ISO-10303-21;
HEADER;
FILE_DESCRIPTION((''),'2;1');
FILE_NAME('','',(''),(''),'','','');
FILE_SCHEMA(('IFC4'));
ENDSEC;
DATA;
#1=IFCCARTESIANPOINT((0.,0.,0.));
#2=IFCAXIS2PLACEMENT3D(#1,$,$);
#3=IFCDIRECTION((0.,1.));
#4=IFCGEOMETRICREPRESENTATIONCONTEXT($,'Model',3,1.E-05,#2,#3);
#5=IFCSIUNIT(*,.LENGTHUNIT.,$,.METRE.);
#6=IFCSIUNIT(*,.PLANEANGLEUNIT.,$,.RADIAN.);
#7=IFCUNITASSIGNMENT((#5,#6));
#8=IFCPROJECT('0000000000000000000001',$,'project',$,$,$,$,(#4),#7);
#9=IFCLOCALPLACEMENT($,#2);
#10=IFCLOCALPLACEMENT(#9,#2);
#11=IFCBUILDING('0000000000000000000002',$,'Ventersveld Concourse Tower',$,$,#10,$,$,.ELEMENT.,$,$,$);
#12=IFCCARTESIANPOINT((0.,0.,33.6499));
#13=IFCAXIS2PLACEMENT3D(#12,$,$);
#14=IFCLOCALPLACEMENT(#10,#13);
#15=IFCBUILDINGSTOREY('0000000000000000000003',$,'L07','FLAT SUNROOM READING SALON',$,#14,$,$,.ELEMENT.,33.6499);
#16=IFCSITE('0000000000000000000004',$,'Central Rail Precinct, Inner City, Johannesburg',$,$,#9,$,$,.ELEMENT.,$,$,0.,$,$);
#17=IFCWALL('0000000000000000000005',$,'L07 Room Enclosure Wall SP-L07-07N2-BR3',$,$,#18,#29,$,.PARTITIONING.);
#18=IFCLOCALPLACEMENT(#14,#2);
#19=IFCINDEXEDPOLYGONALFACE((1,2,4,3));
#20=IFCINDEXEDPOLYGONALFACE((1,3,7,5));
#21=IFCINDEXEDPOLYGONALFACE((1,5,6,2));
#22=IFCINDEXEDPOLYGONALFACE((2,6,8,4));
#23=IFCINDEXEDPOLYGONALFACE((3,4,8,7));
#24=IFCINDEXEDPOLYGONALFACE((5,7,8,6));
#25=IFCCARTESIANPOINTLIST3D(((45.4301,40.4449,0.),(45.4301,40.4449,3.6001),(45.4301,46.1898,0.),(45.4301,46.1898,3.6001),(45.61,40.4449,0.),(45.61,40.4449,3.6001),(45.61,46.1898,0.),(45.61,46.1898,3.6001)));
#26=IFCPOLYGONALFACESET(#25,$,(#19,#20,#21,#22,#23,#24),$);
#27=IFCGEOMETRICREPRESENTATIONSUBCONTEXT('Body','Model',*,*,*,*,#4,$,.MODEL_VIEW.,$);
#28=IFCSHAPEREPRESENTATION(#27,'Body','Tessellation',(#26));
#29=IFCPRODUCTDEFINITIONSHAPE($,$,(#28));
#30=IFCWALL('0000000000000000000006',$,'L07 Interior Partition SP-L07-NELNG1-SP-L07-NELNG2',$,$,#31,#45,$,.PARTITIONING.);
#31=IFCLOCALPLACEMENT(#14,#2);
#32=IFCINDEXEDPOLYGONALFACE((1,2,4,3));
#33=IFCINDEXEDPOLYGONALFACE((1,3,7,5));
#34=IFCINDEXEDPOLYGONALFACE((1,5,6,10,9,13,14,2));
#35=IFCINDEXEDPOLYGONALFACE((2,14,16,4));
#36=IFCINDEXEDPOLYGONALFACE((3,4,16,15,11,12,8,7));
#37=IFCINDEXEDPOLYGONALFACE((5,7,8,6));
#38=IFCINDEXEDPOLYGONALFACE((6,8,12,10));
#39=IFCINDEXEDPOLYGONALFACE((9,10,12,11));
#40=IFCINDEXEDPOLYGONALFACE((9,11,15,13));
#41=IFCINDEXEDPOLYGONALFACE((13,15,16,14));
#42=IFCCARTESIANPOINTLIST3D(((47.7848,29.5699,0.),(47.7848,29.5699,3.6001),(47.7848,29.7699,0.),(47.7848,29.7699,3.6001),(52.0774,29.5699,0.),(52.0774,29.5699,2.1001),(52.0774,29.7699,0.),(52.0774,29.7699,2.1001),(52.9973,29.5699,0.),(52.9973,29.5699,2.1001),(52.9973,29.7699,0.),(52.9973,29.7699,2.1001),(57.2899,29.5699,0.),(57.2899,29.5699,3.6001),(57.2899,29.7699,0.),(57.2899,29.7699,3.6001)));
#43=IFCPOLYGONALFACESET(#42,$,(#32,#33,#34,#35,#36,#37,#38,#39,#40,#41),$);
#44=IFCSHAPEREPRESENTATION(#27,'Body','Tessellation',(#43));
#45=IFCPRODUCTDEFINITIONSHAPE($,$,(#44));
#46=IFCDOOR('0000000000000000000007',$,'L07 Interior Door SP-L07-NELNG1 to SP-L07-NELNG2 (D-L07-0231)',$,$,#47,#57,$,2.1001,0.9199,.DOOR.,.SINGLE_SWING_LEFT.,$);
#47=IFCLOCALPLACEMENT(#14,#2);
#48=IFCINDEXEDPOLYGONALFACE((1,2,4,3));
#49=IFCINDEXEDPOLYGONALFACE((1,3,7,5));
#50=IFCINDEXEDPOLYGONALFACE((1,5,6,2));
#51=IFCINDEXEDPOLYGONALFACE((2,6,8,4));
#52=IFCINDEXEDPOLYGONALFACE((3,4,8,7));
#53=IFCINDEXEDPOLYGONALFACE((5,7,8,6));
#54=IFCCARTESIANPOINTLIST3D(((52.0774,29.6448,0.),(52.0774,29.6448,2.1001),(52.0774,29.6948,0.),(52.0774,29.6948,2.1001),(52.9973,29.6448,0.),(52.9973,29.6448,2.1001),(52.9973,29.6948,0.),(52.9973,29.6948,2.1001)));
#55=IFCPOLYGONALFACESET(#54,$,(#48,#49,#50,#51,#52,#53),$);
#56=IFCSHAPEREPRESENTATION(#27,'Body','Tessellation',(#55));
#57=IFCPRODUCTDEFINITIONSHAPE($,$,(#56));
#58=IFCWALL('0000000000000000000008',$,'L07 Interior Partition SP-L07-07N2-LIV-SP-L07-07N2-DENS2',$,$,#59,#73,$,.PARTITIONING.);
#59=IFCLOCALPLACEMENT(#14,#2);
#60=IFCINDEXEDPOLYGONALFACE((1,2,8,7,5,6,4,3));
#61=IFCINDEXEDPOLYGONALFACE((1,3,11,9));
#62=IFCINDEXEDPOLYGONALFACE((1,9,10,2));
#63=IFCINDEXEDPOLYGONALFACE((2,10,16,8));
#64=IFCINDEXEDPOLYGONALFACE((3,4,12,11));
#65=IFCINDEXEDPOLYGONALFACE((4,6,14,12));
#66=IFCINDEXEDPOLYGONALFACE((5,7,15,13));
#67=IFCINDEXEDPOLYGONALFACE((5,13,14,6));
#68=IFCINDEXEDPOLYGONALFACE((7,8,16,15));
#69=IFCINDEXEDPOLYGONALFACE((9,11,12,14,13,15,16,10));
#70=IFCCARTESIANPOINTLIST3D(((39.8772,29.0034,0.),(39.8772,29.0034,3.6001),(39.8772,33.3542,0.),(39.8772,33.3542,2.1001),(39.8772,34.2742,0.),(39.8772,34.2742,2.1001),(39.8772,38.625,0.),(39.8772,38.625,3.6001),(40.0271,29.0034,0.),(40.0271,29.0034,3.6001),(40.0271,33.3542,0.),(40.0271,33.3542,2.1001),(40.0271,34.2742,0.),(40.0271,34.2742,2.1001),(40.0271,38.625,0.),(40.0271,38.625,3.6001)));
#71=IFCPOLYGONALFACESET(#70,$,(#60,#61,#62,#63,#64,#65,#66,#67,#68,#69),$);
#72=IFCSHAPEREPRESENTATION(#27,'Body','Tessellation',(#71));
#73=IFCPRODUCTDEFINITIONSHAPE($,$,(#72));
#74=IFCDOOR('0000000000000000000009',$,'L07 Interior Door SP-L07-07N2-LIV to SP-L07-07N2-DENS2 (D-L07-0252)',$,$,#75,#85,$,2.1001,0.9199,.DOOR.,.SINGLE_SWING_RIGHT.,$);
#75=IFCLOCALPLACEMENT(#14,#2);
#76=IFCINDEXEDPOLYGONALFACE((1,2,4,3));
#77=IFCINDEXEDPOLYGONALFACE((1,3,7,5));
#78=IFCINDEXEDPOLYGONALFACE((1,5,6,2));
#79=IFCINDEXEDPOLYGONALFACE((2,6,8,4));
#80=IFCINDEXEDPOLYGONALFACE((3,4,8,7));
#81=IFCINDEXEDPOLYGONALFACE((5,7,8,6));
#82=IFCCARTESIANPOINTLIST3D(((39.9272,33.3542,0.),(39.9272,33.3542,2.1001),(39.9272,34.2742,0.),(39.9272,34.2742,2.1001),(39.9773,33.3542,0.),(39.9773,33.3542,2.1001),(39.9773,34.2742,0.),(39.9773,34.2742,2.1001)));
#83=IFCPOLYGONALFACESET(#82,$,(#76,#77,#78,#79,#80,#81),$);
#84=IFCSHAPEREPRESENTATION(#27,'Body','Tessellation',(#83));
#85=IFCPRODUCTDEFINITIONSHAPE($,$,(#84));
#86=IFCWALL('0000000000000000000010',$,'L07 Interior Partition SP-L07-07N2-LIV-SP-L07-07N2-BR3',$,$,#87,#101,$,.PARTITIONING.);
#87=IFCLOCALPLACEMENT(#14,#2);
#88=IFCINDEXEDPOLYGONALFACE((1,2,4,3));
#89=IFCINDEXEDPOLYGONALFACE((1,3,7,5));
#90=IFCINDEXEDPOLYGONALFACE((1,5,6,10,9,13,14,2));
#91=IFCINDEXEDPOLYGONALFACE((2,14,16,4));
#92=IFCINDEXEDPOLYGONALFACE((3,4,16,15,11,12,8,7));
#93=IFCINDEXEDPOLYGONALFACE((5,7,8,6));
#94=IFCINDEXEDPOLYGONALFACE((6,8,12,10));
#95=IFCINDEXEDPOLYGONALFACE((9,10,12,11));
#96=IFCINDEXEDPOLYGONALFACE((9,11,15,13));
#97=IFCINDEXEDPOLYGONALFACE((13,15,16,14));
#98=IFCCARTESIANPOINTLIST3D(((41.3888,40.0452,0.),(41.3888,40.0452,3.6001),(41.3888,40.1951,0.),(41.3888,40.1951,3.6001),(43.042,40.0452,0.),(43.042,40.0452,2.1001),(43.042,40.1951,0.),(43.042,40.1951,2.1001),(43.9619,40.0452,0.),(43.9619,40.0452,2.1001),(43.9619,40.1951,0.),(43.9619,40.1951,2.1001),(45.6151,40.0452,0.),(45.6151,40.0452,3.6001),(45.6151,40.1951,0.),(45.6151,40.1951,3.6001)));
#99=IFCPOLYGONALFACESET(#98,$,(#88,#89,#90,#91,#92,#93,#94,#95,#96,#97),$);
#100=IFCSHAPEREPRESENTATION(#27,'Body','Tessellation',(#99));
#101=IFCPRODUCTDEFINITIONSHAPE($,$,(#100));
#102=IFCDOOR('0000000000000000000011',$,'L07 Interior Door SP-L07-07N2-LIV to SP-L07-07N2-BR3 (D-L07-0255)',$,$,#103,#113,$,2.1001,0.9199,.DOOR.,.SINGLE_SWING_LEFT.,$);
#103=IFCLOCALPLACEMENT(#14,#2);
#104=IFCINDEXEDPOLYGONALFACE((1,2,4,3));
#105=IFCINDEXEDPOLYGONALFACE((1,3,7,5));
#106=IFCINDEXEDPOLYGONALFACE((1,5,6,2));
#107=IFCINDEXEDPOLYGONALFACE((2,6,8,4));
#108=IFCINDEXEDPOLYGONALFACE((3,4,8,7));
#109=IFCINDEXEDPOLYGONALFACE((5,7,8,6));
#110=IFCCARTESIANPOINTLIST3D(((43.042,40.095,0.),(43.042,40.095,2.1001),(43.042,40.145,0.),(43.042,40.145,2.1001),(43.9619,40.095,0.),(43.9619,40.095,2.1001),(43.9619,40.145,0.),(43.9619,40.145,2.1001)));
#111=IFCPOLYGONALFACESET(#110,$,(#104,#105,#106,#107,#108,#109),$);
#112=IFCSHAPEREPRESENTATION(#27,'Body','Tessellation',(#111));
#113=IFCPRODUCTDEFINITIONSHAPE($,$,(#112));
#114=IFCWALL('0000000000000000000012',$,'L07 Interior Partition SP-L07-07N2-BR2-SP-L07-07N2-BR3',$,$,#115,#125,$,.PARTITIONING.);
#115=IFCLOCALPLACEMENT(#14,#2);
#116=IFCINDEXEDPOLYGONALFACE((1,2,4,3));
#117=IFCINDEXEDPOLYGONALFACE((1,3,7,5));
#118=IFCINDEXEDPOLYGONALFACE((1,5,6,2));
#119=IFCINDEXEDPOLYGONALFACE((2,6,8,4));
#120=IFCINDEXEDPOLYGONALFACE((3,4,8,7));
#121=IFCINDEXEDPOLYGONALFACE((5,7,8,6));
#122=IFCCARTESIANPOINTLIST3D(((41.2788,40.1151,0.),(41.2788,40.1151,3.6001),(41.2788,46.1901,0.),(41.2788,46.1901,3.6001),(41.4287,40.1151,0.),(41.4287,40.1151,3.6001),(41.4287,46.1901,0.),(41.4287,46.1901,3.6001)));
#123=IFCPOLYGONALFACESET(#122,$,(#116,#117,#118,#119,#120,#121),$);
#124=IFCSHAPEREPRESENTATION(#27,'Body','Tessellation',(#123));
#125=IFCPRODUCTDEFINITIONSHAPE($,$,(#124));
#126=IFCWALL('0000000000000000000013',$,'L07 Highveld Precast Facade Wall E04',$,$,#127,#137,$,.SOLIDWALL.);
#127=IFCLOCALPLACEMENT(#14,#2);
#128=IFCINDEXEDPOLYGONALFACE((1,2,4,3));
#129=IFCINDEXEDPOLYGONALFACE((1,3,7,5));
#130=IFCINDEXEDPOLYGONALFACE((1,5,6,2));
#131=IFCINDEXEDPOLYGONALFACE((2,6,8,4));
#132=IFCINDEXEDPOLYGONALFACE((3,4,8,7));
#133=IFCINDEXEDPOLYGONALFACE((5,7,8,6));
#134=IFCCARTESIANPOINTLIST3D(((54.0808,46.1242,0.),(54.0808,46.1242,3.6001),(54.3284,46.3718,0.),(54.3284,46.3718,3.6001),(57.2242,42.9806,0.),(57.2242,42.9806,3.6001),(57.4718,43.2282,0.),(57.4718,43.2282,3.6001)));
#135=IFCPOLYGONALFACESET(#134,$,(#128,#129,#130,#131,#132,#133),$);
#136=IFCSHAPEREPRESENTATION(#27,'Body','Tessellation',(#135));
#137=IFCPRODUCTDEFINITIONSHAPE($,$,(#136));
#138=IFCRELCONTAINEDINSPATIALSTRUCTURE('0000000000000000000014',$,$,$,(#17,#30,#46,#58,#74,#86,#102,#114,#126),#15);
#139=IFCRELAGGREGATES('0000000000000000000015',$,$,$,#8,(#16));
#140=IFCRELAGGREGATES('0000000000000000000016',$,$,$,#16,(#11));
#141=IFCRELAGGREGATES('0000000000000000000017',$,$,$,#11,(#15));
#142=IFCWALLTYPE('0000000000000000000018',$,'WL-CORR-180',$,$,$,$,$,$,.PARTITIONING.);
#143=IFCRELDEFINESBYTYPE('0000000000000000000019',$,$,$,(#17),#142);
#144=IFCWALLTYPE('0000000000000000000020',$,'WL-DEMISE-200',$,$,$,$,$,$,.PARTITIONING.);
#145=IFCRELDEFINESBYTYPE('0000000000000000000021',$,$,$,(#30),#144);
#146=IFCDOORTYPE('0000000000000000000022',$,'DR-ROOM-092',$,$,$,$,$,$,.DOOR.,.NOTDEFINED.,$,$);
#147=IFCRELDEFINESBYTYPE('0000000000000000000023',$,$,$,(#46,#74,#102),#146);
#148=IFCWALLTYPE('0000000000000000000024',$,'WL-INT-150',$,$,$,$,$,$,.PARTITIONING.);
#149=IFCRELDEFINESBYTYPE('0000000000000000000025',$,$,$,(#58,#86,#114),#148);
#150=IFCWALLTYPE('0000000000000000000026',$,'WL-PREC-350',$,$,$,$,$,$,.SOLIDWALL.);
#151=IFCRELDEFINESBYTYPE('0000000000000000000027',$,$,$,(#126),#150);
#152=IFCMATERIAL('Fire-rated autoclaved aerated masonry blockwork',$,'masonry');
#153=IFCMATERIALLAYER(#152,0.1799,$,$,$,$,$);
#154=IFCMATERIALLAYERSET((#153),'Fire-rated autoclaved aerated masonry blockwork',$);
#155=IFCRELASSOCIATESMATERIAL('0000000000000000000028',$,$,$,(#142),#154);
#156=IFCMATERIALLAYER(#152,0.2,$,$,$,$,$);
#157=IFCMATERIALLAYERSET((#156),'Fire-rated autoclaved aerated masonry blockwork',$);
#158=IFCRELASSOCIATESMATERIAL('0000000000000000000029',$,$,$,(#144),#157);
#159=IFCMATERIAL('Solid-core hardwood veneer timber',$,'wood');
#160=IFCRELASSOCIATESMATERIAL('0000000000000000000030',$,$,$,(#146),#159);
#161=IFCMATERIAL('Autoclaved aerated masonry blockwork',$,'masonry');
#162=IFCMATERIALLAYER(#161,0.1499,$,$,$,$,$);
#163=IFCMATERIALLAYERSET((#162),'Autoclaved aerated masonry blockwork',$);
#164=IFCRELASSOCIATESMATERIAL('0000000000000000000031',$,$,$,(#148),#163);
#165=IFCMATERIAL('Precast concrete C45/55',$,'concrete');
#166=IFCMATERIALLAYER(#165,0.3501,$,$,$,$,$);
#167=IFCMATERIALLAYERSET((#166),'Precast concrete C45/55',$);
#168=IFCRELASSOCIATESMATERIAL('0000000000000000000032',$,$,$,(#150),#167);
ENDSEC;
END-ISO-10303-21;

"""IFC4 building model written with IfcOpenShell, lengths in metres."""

from ifc_helpers import new_model, si_unit, direction, frame, frame_2d, origin, place, context, subcontext, project, spatial, rectangle, extrude, material, layer, layer_set, type_object, element, fill, save


model = new_model("IFC4")

# Units and contexts
model_context = context("Model", 3, precision=1e-05, world=origin(), true_north=direction((0.0, 1.0)))
body_context = subcontext(model_context, "Body", "Model", "MODEL_VIEW")
ifc_project = project(units=[si_unit("LENGTHUNIT", "METRE"), si_unit("PLANEANGLEUNIT", "RADIAN")], contexts=[model_context])

# Site, building, storey
site_placement = place(None, origin())
site = spatial("IfcSite", under=ifc_project, at=site_placement, Name="Central Rail Precinct, Inner City, Johannesburg", CompositionType="ELEMENT", RefElevation=0.0)
building_placement = place(site_placement, origin())
building = spatial("IfcBuilding", under=site, at=building_placement, Name="Ventersveld Concourse Tower", CompositionType="ELEMENT")
storey_placement = place(building_placement, frame((0.0, 0.0, 33.6499)))
storey = spatial("IfcBuildingStorey", under=building, at=storey_placement, Name="L07", Description="FLAT SUNROOM READING SALON", CompositionType="ELEMENT", Elevation=33.6499)

# Wall
ifc_material_1 = material(Name="Fire-rated autoclaved aerated masonry blockwork", Category="masonry")
ifc_layer_1 = layer(ifc_material_1, 0.1799)
ifc_layer_set_1 = layer_set([ifc_layer_1], Name="Fire-rated autoclaved aerated masonry blockwork")
wall_type_1 = type_object("IfcWallType", Name="WL-CORR-180", PredefinedType="PARTITIONING", material=ifc_layer_set_1)
wall_1_placement = place(storey_placement, frame((45.52, 46.1899, 0.0), z_axis=(0.0, 0.0, 1.0), x_axis=(0.0, -1.0, 0.0)))
element("IfcWall", 1, at=wall_1_placement, inside=storey, type_object=wall_type_1, Name="L07 Room Enclosure Wall SP-L07-07N2-BR3", PredefinedType="PARTITIONING", context=body_context, shape_type="SweptSolid", body=[
    extrude(rectangle(XDim=5.7449, YDim=0.1799, at=frame_2d((2.8726, 0.0))), origin(), (0.0, 0.0, 1.0), 3.6001),
])

# Walls, openings, doors
ifc_layer_2 = layer(ifc_material_1, 0.2)
ifc_layer_set_2 = layer_set([ifc_layer_2], Name="Fire-rated autoclaved aerated masonry blockwork")
wall_type_2 = type_object("IfcWallType", Name="WL-DEMISE-200", PredefinedType="PARTITIONING", material=ifc_layer_set_2)
wall_2_placement = place(storey_placement, frame((47.7849, 29.6699, 0.0), z_axis=(0.0, 0.0, 1.0), x_axis=(1.0, 0.0, 0.0)))
wall_2 = element("IfcWall", 2, at=wall_2_placement, inside=storey, type_object=wall_type_2, Name="L07 Interior Partition SP-L07-NELNG1-SP-L07-NELNG2", PredefinedType="PARTITIONING", context=body_context, shape_type="SweptSolid", body=[
    extrude(rectangle(XDim=9.5051, YDim=0.2, at=frame_2d((4.7524, 0.0))), origin(), (0.0, 0.0, 1.0), 3.6001),
])
opening_1_placement = place(wall_2_placement, frame((4.2925, 0.0, 0.0)))
opening_1 = element("IfcOpeningElement", 3, at=opening_1_placement, cuts=wall_2, PredefinedType="OPENING", context=body_context, shape_type="SweptSolid", body=[
    extrude(rectangle(XDim=0.9199, YDim=2.1001, at=frame_2d((0.46, 1.05))), frame((0.0, 0.1099, 0.0), z_axis=(0.0, -1.0, 0.0), x_axis=(1.0, 0.0, 0.0)), (0.0, 0.0, 1.0), 0.22),
])
ifc_material_2 = material(Name="Solid-core hardwood veneer timber", Category="wood")
door_type = type_object("IfcDoorType", Name="DR-ROOM-092", OperationType="NOTDEFINED", PredefinedType="DOOR", material=ifc_material_2)
door_1_placement = place(opening_1_placement, origin())
door_1 = element("IfcDoor", 4, at=door_1_placement, inside=storey, type_object=door_type, Name="L07 Interior Door SP-L07-NELNG1 to SP-L07-NELNG2 (D-L07-0231)", OperationType="SINGLE_SWING_LEFT", OverallHeight=2.1001, OverallWidth=0.9199, PredefinedType="DOOR", context=body_context, shape_type="SweptSolid", body=[
    extrude(rectangle(XDim=0.9199, YDim=2.1001, at=frame_2d((0.46, 1.05))), frame((0.0, 0.0249, 0.0), z_axis=(0.0, -1.0, 0.0), x_axis=(1.0, 0.0, 0.0)), (0.0, 0.0, 1.0), 0.05),
])
fill(opening_1, door_1)
ifc_material_3 = material(Name="Autoclaved aerated masonry blockwork", Category="masonry")
ifc_layer_3 = layer(ifc_material_3, 0.1499)
ifc_layer_set_3 = layer_set([ifc_layer_3], Name="Autoclaved aerated masonry blockwork")
wall_type_3 = type_object("IfcWallType", Name="WL-INT-150", PredefinedType="PARTITIONING", material=ifc_layer_set_3)
wall_3_placement = place(storey_placement, frame((39.9521, 29.0034, 0.0), z_axis=(0.0, 0.0, 1.0), x_axis=(0.0, 1.0, 0.0)))
wall_3 = element("IfcWall", 5, at=wall_3_placement, inside=storey, type_object=wall_type_3, Name="L07 Interior Partition SP-L07-07N2-LIV-SP-L07-07N2-DENS2", PredefinedType="PARTITIONING", context=body_context, shape_type="SweptSolid", body=[
    extrude(rectangle(XDim=9.6216, YDim=0.1499, at=frame_2d((4.8108, 0.0))), origin(), (0.0, 0.0, 1.0), 3.6001),
])
opening_2_placement = place(wall_3_placement, frame((4.3508, 0.0, 0.0)))
opening_2 = element("IfcOpeningElement", 6, at=opening_2_placement, cuts=wall_3, PredefinedType="OPENING", context=body_context, shape_type="SweptSolid", body=[
    extrude(rectangle(XDim=0.9199, YDim=2.1001, at=frame_2d((0.46, 1.05))), frame((0.0, 0.085, 0.0), z_axis=(0.0, -1.0, 0.0), x_axis=(1.0, 0.0, 0.0)), (0.0, 0.0, 1.0), 0.1699),
])
door_2_placement = place(opening_2_placement, origin())
door_2 = element("IfcDoor", 7, at=door_2_placement, inside=storey, type_object=door_type, Name="L07 Interior Door SP-L07-07N2-LIV to SP-L07-07N2-DENS2 (D-L07-0252)", OperationType="SINGLE_SWING_RIGHT", OverallHeight=2.1001, OverallWidth=0.9199, PredefinedType="DOOR", context=body_context, shape_type="SweptSolid", body=[
    extrude(rectangle(XDim=0.9199, YDim=2.1001, at=frame_2d((0.46, 1.05))), frame((0.0, 0.0249, 0.0), z_axis=(0.0, -1.0, 0.0), x_axis=(1.0, 0.0, 0.0)), (0.0, 0.0, 1.0), 0.05),
])
fill(opening_2, door_2)
wall_4_placement = place(storey_placement, frame((41.3887, 40.1201, 0.0), z_axis=(0.0, 0.0, 1.0), x_axis=(1.0, 0.0, 0.0)))
wall_4 = element("IfcWall", 8, at=wall_4_placement, inside=storey, type_object=wall_type_3, Name="L07 Interior Partition SP-L07-07N2-LIV-SP-L07-07N2-BR3", PredefinedType="PARTITIONING", context=body_context, shape_type="SweptSolid", body=[
    extrude(rectangle(XDim=4.2263, YDim=0.1499, at=frame_2d((2.1133, 0.0))), origin(), (0.0, 0.0, 1.0), 3.6001),
])
opening_3_placement = place(wall_4_placement, frame((1.6533, 0.0, 0.0)))
opening_3 = element("IfcOpeningElement", 9, at=opening_3_placement, cuts=wall_4, PredefinedType="OPENING", context=body_context, shape_type="SweptSolid", body=[
    extrude(rectangle(XDim=0.9199, YDim=2.1001, at=frame_2d((0.46, 1.05))), frame((0.0, 0.085, 0.0), z_axis=(0.0, -1.0, 0.0), x_axis=(1.0, 0.0, 0.0)), (0.0, 0.0, 1.0), 0.1699),
])
door_3_placement = place(opening_3_placement, origin())
door_3 = element("IfcDoor", 10, at=door_3_placement, inside=storey, type_object=door_type, Name="L07 Interior Door SP-L07-07N2-LIV to SP-L07-07N2-BR3 (D-L07-0255)", OperationType="SINGLE_SWING_LEFT", OverallHeight=2.1001, OverallWidth=0.9199, PredefinedType="DOOR", context=body_context, shape_type="SweptSolid", body=[
    extrude(rectangle(XDim=0.9199, YDim=2.1001, at=frame_2d((0.46, 1.05))), frame((0.0, 0.0249, 0.0), z_axis=(0.0, -1.0, 0.0), x_axis=(1.0, 0.0, 0.0)), (0.0, 0.0, 1.0), 0.05),
])
fill(opening_3, door_3)

# Walls
wall_5_placement = place(storey_placement, frame((41.3538, 40.115, 0.0), z_axis=(0.0, 0.0, 1.0), x_axis=(0.0, 1.0, 0.0)))
element("IfcWall", 11, at=wall_5_placement, inside=storey, type_object=wall_type_3, Name="L07 Interior Partition SP-L07-07N2-BR2-SP-L07-07N2-BR3", PredefinedType="PARTITIONING", context=body_context, shape_type="SweptSolid", body=[
    extrude(rectangle(XDim=6.075, YDim=0.1499, at=frame_2d((3.0376, 0.0))), origin(), (0.0, 0.0, 1.0), 3.6001),
])
ifc_material_4 = material(Name="Precast concrete C45/55", Category="concrete")
ifc_layer_4 = layer(ifc_material_4, 0.3501)
ifc_layer_set_4 = layer_set([ifc_layer_4], Name="Precast concrete C45/55")
wall_type_4 = type_object("IfcWallType", Name="WL-PREC-350", PredefinedType="SOLIDWALL", material=ifc_layer_set_4)
wall_6_placement = place(storey_placement, frame((57.3479, 43.1045, 0.0), z_axis=(0.0, 0.0, 1.0), x_axis=(-0.707079, 0.707134, 0.0)))
element("IfcWall", 12, at=wall_6_placement, inside=storey, type_object=wall_type_4, Name="L07 Highveld Precast Facade Wall E04", PredefinedType="SOLIDWALL", context=body_context, shape_type="SweptSolid", body=[
    extrude(rectangle(XDim=4.4456, YDim=0.3501, at=frame_2d((2.2227, 0.0))), origin(), (0.0, 0.0, 1.0), 3.6001),
])

save(model, "model.ifc")
